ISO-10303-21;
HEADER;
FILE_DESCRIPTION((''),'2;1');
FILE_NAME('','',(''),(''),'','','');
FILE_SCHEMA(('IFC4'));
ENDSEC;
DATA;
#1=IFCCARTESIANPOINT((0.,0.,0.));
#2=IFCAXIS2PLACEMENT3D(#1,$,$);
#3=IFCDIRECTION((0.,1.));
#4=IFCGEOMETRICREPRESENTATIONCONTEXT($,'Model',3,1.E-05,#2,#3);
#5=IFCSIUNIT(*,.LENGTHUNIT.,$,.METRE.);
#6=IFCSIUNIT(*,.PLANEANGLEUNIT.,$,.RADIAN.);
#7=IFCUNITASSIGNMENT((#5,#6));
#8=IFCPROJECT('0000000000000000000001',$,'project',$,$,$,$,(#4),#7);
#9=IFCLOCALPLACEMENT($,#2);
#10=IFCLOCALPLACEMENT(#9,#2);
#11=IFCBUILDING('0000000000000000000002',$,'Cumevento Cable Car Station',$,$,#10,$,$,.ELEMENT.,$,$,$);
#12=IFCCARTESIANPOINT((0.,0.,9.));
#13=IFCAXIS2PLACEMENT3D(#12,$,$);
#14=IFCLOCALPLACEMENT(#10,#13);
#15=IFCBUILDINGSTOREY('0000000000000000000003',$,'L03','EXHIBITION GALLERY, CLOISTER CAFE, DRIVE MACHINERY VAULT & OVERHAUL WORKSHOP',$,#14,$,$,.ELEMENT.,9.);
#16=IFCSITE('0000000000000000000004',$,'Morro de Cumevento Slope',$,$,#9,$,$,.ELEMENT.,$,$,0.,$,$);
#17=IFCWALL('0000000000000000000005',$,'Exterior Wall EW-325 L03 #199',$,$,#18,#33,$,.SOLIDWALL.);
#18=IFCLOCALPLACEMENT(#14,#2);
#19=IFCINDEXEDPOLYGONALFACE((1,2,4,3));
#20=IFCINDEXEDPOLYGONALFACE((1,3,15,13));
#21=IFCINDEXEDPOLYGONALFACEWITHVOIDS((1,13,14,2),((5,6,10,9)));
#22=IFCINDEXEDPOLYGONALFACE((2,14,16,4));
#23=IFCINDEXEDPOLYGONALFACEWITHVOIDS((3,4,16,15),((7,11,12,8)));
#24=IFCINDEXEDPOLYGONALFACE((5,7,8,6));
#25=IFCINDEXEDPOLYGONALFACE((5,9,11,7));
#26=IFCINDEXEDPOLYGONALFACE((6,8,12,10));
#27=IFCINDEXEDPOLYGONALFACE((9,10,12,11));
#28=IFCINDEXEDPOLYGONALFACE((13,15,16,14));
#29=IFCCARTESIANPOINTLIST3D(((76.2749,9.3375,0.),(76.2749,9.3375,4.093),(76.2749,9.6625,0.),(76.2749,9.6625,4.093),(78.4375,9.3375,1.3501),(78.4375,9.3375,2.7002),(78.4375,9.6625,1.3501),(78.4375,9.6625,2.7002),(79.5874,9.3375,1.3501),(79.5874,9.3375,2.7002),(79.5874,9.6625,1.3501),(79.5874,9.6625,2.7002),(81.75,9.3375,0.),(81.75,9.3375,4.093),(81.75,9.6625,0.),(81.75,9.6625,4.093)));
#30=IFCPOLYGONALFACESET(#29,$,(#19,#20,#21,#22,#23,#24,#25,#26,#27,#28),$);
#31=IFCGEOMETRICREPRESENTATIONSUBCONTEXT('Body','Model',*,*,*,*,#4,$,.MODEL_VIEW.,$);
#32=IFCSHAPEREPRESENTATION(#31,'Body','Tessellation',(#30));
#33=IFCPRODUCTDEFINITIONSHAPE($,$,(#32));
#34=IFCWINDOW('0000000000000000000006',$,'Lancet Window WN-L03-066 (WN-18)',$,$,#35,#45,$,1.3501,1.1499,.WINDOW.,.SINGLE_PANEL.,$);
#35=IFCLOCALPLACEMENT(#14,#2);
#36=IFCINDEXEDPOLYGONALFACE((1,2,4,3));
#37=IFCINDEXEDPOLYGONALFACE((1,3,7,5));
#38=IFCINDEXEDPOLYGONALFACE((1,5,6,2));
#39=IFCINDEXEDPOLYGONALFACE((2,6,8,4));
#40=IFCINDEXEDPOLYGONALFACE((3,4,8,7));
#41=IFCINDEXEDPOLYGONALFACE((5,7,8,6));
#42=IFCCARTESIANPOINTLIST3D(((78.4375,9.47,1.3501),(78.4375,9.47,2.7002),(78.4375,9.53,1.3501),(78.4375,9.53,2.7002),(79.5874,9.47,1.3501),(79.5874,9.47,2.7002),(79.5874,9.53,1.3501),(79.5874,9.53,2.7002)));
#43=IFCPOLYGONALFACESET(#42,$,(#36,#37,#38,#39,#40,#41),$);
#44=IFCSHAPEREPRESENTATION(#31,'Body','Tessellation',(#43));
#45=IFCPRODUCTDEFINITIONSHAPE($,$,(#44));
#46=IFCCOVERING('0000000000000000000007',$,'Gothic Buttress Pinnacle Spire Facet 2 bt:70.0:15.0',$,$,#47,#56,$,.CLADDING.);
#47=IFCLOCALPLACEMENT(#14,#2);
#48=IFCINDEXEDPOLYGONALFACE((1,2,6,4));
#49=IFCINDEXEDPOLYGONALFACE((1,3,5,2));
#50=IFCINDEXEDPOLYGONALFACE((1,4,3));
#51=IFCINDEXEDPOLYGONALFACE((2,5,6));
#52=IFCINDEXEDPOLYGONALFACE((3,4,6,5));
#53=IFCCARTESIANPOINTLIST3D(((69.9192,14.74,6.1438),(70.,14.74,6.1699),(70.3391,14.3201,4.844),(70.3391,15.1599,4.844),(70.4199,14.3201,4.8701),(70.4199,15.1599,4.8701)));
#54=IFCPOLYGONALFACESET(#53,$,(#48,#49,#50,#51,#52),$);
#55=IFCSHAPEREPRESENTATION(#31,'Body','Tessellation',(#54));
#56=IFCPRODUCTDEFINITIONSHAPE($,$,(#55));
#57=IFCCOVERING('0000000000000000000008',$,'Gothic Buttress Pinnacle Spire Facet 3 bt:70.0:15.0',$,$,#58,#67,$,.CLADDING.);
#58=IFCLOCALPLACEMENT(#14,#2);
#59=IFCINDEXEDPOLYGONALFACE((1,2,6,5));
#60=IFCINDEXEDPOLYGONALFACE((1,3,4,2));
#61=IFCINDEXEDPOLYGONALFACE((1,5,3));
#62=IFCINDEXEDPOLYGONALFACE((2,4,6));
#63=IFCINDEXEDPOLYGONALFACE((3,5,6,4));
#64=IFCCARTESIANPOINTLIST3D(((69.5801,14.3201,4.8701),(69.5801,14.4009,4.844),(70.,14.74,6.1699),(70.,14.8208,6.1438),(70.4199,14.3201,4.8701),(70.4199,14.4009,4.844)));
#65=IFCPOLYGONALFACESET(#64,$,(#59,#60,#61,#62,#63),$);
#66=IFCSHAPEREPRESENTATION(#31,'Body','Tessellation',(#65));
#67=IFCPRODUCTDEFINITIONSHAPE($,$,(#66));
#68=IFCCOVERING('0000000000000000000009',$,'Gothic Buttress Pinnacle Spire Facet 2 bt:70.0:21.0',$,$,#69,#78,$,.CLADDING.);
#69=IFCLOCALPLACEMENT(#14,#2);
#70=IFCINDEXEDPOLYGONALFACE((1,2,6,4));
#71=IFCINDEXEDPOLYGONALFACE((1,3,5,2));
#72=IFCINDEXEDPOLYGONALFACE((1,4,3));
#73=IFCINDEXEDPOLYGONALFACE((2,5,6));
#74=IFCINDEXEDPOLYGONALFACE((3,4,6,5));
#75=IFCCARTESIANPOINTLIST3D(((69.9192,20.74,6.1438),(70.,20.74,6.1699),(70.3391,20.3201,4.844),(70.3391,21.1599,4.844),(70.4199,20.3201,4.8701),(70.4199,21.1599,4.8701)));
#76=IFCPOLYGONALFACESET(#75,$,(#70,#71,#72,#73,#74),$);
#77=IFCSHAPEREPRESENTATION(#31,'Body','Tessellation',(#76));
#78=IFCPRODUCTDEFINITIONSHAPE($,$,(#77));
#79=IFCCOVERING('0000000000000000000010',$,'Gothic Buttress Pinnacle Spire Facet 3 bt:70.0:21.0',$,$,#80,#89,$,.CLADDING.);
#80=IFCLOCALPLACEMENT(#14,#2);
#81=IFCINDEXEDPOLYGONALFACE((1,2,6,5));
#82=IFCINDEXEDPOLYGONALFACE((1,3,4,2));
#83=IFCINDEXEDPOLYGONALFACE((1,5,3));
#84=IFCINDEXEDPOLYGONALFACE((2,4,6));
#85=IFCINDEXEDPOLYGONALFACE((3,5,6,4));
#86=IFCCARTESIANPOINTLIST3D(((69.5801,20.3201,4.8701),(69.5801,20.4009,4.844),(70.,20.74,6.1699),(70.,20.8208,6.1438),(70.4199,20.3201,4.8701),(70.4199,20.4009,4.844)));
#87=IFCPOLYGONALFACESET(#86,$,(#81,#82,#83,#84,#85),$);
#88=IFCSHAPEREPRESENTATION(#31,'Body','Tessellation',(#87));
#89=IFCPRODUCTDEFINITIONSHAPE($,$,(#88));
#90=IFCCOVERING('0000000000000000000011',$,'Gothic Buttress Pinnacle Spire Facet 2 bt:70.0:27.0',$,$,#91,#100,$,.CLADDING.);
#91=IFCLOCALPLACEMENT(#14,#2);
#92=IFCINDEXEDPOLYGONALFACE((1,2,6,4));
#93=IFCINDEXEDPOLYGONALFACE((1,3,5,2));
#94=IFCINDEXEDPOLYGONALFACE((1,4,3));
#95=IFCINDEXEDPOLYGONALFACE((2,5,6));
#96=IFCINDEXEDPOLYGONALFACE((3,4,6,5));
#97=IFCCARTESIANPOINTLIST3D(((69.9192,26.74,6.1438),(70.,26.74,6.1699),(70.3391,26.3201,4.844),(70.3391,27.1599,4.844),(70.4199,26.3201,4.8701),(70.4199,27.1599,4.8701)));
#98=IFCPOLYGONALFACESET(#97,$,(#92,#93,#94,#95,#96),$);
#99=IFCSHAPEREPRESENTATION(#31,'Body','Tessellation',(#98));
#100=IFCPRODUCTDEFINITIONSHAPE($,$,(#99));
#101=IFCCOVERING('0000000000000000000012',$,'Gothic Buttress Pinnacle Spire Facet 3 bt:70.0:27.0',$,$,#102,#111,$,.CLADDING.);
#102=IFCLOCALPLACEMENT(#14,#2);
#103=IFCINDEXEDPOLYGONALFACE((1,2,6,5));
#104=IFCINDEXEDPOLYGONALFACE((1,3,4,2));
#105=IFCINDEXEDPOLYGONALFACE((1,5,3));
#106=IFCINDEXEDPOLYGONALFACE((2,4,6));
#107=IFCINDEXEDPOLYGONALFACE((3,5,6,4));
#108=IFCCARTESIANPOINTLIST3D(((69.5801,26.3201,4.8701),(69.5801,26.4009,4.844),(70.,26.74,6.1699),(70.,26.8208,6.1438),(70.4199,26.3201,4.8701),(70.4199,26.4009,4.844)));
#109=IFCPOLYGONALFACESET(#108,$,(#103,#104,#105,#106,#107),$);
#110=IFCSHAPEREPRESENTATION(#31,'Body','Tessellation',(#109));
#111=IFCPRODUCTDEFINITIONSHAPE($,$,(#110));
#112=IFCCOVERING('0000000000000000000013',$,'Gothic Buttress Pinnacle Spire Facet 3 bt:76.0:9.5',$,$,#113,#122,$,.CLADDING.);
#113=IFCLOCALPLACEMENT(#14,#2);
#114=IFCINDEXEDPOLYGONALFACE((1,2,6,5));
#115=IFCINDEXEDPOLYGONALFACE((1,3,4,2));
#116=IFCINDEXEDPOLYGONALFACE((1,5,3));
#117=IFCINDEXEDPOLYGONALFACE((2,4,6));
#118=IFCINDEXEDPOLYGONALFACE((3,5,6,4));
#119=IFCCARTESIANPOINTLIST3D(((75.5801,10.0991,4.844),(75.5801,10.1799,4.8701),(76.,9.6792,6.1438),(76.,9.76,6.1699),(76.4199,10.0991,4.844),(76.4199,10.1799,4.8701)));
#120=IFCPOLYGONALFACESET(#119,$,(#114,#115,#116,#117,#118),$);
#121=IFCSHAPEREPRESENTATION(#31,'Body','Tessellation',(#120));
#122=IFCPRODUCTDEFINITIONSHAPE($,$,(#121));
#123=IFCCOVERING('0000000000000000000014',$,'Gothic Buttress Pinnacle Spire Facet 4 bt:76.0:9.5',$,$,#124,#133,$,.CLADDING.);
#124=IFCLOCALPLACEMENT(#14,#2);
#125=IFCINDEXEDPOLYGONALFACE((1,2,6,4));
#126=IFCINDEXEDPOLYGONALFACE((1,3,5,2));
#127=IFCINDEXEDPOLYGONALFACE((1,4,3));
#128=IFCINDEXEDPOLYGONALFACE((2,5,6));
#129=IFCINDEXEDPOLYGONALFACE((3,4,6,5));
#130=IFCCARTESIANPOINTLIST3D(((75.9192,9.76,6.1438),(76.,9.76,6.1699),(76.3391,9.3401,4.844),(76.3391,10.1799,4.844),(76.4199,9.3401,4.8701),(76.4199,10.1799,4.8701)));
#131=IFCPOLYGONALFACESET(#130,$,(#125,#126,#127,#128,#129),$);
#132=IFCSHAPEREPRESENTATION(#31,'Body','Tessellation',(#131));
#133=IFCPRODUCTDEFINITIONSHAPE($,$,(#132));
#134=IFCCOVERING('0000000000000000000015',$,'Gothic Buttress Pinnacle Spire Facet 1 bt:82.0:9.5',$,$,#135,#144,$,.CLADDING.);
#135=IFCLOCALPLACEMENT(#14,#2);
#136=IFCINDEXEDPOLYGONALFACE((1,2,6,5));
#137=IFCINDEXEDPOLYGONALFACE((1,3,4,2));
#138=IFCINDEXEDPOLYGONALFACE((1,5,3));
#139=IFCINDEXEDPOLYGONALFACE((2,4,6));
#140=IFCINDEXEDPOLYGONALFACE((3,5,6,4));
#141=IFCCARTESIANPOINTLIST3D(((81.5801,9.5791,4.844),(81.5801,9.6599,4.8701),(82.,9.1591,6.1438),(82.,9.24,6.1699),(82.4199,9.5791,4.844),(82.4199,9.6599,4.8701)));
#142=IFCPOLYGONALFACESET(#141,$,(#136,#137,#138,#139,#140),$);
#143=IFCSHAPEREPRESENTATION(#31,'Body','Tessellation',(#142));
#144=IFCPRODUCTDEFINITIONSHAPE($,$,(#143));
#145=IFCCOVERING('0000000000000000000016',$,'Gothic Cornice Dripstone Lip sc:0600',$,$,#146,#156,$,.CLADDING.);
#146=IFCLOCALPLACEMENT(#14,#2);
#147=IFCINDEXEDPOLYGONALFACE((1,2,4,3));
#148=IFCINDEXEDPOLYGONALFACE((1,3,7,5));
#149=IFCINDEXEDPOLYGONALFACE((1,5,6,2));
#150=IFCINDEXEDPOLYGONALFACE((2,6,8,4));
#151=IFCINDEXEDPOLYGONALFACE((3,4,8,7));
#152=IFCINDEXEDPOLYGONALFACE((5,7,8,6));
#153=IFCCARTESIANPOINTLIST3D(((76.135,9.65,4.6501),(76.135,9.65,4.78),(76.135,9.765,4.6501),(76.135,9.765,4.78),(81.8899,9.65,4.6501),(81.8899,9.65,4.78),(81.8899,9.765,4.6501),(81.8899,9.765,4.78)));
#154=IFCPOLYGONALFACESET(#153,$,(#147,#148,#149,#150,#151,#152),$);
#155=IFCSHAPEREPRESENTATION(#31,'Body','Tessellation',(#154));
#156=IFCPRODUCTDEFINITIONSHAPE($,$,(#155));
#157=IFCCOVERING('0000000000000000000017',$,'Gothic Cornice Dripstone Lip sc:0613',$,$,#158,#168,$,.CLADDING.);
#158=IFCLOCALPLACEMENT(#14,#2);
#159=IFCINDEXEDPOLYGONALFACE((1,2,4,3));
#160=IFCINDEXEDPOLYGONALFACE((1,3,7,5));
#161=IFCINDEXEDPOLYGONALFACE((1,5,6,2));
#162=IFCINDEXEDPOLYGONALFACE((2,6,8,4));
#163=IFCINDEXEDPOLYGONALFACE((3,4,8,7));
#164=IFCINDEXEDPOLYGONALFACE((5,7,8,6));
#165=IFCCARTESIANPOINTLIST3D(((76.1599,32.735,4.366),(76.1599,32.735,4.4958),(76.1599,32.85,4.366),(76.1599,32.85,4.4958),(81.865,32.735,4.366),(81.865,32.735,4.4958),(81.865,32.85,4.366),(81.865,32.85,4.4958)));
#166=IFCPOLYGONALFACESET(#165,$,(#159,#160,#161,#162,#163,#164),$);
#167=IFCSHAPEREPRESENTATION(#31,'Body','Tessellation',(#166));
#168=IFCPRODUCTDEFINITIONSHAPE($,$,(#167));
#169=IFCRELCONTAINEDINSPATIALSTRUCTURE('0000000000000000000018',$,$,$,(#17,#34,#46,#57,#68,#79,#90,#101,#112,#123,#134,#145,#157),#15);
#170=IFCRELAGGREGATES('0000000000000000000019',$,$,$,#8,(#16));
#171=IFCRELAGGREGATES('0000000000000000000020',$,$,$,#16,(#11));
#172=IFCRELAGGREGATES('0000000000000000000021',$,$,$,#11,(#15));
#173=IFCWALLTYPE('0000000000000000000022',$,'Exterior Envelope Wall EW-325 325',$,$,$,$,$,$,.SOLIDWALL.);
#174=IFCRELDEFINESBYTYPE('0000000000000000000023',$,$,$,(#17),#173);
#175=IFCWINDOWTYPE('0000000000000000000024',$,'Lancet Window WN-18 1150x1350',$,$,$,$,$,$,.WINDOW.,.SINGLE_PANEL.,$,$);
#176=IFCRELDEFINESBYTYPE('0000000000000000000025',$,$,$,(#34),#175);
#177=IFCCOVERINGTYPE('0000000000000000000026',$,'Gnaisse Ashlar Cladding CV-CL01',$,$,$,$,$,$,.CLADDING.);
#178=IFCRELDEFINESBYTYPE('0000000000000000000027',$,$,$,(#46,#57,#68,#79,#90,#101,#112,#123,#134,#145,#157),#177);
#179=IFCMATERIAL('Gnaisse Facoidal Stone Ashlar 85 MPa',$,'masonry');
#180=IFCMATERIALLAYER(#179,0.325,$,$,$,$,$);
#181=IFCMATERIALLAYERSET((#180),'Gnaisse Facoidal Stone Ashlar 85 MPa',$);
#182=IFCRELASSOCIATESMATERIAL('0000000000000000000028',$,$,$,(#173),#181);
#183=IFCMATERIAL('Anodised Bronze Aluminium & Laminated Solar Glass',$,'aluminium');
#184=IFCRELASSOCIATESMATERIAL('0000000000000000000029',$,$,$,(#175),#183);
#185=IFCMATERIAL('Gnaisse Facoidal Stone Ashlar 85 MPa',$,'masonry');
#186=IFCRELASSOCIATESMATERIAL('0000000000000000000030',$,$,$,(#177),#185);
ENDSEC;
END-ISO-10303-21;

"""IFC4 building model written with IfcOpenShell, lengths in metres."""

from ifc_helpers import new_model, si_unit, direction, frame, frame_2d, origin, origin_2d, place, context, subcontext, project, spatial, polyline, rectangle, outline, extrude, material, layer, layer_set, type_object, element, fill, save


model = new_model("IFC4")

# Units and contexts
model_context = context("Model", 3, precision=1e-05, world=origin(), true_north=direction((0.0, 1.0)))
body_context = subcontext(model_context, "Body", "Model", "MODEL_VIEW")
ifc_project = project(units=[si_unit("LENGTHUNIT", "METRE"), si_unit("PLANEANGLEUNIT", "RADIAN")], contexts=[model_context])

# Site, building, storey
site_placement = place(None, origin())
site = spatial("IfcSite", under=ifc_project, at=site_placement, Name="Morro de Cumevento Slope", CompositionType="ELEMENT", RefElevation=0.0)
building_placement = place(site_placement, origin())
building = spatial("IfcBuilding", under=site, at=building_placement, Name="Cumevento Cable Car Station", CompositionType="ELEMENT")
storey_placement = place(building_placement, frame((0.0, 0.0, 9.0)))
storey = spatial("IfcBuildingStorey", under=building, at=storey_placement, Name="L03", Description="EXHIBITION GALLERY, CLOISTER CAFE, DRIVE MACHINERY VAULT & OVERHAUL WORKSHOP", CompositionType="ELEMENT", Elevation=9.0)

# Wall, opening, window
ifc_material_1 = material(Name="Gnaisse Facoidal Stone Ashlar 85 MPa", Category="masonry")
ifc_layer_1 = layer(ifc_material_1, 0.325)
ifc_layer_set_1 = layer_set([ifc_layer_1], Name="Gnaisse Facoidal Stone Ashlar 85 MPa")
wall_type = type_object("IfcWallType", Name="Exterior Envelope Wall EW-325 325", PredefinedType="SOLIDWALL", material=ifc_layer_set_1)
wall_placement = place(storey_placement, frame((76.2749, 9.5, 0.0), z_axis=(0.0, 0.0, 1.0), x_axis=(1.0, 0.0, 0.0)))
wall = element("IfcWall", 1, at=wall_placement, inside=storey, type_object=wall_type, Name="Exterior Wall EW-325 L03 #199", PredefinedType="SOLIDWALL", context=body_context, shape_type="SweptSolid", body=[
    extrude(rectangle(XDim=5.4751, YDim=0.325, at=frame_2d((2.7375, 0.0))), origin(), (0.0, 0.0, 1.0), 4.093),
])
opening_placement = place(wall_placement, frame((2.1626, 0.0, 1.3501)))
opening = element("IfcOpeningElement", 2, at=opening_placement, cuts=wall, PredefinedType="OPENING", context=body_context, shape_type="SweptSolid", body=[
    extrude(rectangle(XDim=1.1499, YDim=1.3501, at=frame_2d((0.575, 0.675))), frame((0.0, 0.1726, 0.0), z_axis=(0.0, -1.0, 0.0), x_axis=(1.0, 0.0, 0.0)), (0.0, 0.0, 1.0), 0.345),
])
ifc_material_2 = material(Name="Anodised Bronze Aluminium & Laminated Solar Glass", Category="aluminium")
window_type = type_object("IfcWindowType", Name="Lancet Window WN-18 1150x1350", PartitioningType="SINGLE_PANEL", PredefinedType="WINDOW", material=ifc_material_2)
window_placement = place(opening_placement, origin())
window = element("IfcWindow", 3, at=window_placement, inside=storey, type_object=window_type, Name="Lancet Window WN-L03-066 (WN-18)", OverallHeight=1.3501, OverallWidth=1.1499, PartitioningType="SINGLE_PANEL", PredefinedType="WINDOW", context=body_context, shape_type="SweptSolid", body=[
    extrude(rectangle(XDim=1.1499, YDim=1.3501, at=frame_2d((0.575, 0.675))), frame((0.0, 0.03, 0.0), z_axis=(0.0, -1.0, 0.0), x_axis=(1.0, 0.0, 0.0)), (0.0, 0.0, 1.0), 0.0601),
])
fill(opening, window)

# Coverings
ifc_material_3 = material(Name="Gnaisse Facoidal Stone Ashlar 85 MPa", Category="masonry")
covering_type = type_object("IfcCoveringType", Name="Gnaisse Ashlar Cladding CV-CL01", PredefinedType="CLADDING", material=ifc_material_3)
for number, where, z_axis, x_axis, name in (
    (4, (70.4199, 15.1599, 4.8701), (0.951574, 0.0, 0.307421), (0.0, -1.0, 0.0), "Gothic Buttress Pinnacle Spire Facet 2 bt:70.0:15.0"),
    (5, (70.4199, 14.3201, 4.8701), (0.0, -0.951574, 0.307421), (-1.0, 0.0, 0.0), "Gothic Buttress Pinnacle Spire Facet 3 bt:70.0:15.0"),
    (6, (70.4199, 21.1599, 4.8701), (0.951574, 0.0, 0.307421), (0.0, -1.0, 0.0), "Gothic Buttress Pinnacle Spire Facet 2 bt:70.0:21.0"),
    (7, (70.4199, 20.3201, 4.8701), (0.0, -0.951574, 0.307421), (-1.0, 0.0, 0.0), "Gothic Buttress Pinnacle Spire Facet 3 bt:70.0:21.0"),
    (8, (70.4199, 27.1599, 4.8701), (0.951574, 0.0, 0.307421), (0.0, -1.0, 0.0), "Gothic Buttress Pinnacle Spire Facet 2 bt:70.0:27.0"),
    (9, (70.4199, 26.3201, 4.8701), (0.0, -0.951574, 0.307421), (-1.0, 0.0, 0.0), "Gothic Buttress Pinnacle Spire Facet 3 bt:70.0:27.0"),
    (10, (75.5801, 10.1799, 4.8701), (0.0, 0.951574, 0.307421), (1.0, 0.0, 0.0), "Gothic Buttress Pinnacle Spire Facet 3 bt:76.0:9.5"),
    (11, (76.4199, 10.1799, 4.8701), (0.951574, 0.0, 0.307421), (0.0, -1.0, 0.0), "Gothic Buttress Pinnacle Spire Facet 4 bt:76.0:9.5"),
    (12, (81.5801, 9.6599, 4.8701), (0.0, 0.951574, 0.307421), (1.0, 0.0, 0.0), "Gothic Buttress Pinnacle Spire Facet 1 bt:82.0:9.5"),
):
    element("IfcCovering", number, at=place(storey_placement, frame(where, z_axis=z_axis, x_axis=x_axis)), inside=storey, type_object=covering_type, Name=name, PredefinedType="CLADDING", context=body_context, shape_type="SweptSolid", body=[
        extrude(outline(polyline([(0.0, 0.0), (0.8398, 0.0), (0.4199, -1.366), (0.0, 0.0)])), origin(), (0.0, 0.0, -1.0), 0.085),
    ])
covering_1_placement = place(storey_placement, frame((79.0125, 9.7075, 4.6501), z_axis=(0.0, 0.0, 1.0), x_axis=(1.0, 0.0, 0.0)))
element("IfcCovering", 13, at=covering_1_placement, inside=storey, type_object=covering_type, Name="Gothic Cornice Dripstone Lip sc:0600", PredefinedType="CLADDING", context=body_context, shape_type="SweptSolid", body=[
    extrude(rectangle(XDim=5.7549, YDim=0.115, at=origin_2d()), origin(), (0.0, 0.0, 1.0), 0.1299),
])
covering_2_placement = place(storey_placement, frame((79.0125, 32.7925, 4.366), z_axis=(0.0, 0.0, 1.0), x_axis=(-1.0, 0.0, 0.0)))
element("IfcCovering", 14, at=covering_2_placement, inside=storey, type_object=covering_type, Name="Gothic Cornice Dripstone Lip sc:0613", PredefinedType="CLADDING", context=body_context, shape_type="SweptSolid", body=[
    extrude(rectangle(XDim=5.7051, YDim=0.115, at=origin_2d()), origin(), (0.0, 0.0, 1.0), 0.1299),
])

save(model, "model.ifc")
